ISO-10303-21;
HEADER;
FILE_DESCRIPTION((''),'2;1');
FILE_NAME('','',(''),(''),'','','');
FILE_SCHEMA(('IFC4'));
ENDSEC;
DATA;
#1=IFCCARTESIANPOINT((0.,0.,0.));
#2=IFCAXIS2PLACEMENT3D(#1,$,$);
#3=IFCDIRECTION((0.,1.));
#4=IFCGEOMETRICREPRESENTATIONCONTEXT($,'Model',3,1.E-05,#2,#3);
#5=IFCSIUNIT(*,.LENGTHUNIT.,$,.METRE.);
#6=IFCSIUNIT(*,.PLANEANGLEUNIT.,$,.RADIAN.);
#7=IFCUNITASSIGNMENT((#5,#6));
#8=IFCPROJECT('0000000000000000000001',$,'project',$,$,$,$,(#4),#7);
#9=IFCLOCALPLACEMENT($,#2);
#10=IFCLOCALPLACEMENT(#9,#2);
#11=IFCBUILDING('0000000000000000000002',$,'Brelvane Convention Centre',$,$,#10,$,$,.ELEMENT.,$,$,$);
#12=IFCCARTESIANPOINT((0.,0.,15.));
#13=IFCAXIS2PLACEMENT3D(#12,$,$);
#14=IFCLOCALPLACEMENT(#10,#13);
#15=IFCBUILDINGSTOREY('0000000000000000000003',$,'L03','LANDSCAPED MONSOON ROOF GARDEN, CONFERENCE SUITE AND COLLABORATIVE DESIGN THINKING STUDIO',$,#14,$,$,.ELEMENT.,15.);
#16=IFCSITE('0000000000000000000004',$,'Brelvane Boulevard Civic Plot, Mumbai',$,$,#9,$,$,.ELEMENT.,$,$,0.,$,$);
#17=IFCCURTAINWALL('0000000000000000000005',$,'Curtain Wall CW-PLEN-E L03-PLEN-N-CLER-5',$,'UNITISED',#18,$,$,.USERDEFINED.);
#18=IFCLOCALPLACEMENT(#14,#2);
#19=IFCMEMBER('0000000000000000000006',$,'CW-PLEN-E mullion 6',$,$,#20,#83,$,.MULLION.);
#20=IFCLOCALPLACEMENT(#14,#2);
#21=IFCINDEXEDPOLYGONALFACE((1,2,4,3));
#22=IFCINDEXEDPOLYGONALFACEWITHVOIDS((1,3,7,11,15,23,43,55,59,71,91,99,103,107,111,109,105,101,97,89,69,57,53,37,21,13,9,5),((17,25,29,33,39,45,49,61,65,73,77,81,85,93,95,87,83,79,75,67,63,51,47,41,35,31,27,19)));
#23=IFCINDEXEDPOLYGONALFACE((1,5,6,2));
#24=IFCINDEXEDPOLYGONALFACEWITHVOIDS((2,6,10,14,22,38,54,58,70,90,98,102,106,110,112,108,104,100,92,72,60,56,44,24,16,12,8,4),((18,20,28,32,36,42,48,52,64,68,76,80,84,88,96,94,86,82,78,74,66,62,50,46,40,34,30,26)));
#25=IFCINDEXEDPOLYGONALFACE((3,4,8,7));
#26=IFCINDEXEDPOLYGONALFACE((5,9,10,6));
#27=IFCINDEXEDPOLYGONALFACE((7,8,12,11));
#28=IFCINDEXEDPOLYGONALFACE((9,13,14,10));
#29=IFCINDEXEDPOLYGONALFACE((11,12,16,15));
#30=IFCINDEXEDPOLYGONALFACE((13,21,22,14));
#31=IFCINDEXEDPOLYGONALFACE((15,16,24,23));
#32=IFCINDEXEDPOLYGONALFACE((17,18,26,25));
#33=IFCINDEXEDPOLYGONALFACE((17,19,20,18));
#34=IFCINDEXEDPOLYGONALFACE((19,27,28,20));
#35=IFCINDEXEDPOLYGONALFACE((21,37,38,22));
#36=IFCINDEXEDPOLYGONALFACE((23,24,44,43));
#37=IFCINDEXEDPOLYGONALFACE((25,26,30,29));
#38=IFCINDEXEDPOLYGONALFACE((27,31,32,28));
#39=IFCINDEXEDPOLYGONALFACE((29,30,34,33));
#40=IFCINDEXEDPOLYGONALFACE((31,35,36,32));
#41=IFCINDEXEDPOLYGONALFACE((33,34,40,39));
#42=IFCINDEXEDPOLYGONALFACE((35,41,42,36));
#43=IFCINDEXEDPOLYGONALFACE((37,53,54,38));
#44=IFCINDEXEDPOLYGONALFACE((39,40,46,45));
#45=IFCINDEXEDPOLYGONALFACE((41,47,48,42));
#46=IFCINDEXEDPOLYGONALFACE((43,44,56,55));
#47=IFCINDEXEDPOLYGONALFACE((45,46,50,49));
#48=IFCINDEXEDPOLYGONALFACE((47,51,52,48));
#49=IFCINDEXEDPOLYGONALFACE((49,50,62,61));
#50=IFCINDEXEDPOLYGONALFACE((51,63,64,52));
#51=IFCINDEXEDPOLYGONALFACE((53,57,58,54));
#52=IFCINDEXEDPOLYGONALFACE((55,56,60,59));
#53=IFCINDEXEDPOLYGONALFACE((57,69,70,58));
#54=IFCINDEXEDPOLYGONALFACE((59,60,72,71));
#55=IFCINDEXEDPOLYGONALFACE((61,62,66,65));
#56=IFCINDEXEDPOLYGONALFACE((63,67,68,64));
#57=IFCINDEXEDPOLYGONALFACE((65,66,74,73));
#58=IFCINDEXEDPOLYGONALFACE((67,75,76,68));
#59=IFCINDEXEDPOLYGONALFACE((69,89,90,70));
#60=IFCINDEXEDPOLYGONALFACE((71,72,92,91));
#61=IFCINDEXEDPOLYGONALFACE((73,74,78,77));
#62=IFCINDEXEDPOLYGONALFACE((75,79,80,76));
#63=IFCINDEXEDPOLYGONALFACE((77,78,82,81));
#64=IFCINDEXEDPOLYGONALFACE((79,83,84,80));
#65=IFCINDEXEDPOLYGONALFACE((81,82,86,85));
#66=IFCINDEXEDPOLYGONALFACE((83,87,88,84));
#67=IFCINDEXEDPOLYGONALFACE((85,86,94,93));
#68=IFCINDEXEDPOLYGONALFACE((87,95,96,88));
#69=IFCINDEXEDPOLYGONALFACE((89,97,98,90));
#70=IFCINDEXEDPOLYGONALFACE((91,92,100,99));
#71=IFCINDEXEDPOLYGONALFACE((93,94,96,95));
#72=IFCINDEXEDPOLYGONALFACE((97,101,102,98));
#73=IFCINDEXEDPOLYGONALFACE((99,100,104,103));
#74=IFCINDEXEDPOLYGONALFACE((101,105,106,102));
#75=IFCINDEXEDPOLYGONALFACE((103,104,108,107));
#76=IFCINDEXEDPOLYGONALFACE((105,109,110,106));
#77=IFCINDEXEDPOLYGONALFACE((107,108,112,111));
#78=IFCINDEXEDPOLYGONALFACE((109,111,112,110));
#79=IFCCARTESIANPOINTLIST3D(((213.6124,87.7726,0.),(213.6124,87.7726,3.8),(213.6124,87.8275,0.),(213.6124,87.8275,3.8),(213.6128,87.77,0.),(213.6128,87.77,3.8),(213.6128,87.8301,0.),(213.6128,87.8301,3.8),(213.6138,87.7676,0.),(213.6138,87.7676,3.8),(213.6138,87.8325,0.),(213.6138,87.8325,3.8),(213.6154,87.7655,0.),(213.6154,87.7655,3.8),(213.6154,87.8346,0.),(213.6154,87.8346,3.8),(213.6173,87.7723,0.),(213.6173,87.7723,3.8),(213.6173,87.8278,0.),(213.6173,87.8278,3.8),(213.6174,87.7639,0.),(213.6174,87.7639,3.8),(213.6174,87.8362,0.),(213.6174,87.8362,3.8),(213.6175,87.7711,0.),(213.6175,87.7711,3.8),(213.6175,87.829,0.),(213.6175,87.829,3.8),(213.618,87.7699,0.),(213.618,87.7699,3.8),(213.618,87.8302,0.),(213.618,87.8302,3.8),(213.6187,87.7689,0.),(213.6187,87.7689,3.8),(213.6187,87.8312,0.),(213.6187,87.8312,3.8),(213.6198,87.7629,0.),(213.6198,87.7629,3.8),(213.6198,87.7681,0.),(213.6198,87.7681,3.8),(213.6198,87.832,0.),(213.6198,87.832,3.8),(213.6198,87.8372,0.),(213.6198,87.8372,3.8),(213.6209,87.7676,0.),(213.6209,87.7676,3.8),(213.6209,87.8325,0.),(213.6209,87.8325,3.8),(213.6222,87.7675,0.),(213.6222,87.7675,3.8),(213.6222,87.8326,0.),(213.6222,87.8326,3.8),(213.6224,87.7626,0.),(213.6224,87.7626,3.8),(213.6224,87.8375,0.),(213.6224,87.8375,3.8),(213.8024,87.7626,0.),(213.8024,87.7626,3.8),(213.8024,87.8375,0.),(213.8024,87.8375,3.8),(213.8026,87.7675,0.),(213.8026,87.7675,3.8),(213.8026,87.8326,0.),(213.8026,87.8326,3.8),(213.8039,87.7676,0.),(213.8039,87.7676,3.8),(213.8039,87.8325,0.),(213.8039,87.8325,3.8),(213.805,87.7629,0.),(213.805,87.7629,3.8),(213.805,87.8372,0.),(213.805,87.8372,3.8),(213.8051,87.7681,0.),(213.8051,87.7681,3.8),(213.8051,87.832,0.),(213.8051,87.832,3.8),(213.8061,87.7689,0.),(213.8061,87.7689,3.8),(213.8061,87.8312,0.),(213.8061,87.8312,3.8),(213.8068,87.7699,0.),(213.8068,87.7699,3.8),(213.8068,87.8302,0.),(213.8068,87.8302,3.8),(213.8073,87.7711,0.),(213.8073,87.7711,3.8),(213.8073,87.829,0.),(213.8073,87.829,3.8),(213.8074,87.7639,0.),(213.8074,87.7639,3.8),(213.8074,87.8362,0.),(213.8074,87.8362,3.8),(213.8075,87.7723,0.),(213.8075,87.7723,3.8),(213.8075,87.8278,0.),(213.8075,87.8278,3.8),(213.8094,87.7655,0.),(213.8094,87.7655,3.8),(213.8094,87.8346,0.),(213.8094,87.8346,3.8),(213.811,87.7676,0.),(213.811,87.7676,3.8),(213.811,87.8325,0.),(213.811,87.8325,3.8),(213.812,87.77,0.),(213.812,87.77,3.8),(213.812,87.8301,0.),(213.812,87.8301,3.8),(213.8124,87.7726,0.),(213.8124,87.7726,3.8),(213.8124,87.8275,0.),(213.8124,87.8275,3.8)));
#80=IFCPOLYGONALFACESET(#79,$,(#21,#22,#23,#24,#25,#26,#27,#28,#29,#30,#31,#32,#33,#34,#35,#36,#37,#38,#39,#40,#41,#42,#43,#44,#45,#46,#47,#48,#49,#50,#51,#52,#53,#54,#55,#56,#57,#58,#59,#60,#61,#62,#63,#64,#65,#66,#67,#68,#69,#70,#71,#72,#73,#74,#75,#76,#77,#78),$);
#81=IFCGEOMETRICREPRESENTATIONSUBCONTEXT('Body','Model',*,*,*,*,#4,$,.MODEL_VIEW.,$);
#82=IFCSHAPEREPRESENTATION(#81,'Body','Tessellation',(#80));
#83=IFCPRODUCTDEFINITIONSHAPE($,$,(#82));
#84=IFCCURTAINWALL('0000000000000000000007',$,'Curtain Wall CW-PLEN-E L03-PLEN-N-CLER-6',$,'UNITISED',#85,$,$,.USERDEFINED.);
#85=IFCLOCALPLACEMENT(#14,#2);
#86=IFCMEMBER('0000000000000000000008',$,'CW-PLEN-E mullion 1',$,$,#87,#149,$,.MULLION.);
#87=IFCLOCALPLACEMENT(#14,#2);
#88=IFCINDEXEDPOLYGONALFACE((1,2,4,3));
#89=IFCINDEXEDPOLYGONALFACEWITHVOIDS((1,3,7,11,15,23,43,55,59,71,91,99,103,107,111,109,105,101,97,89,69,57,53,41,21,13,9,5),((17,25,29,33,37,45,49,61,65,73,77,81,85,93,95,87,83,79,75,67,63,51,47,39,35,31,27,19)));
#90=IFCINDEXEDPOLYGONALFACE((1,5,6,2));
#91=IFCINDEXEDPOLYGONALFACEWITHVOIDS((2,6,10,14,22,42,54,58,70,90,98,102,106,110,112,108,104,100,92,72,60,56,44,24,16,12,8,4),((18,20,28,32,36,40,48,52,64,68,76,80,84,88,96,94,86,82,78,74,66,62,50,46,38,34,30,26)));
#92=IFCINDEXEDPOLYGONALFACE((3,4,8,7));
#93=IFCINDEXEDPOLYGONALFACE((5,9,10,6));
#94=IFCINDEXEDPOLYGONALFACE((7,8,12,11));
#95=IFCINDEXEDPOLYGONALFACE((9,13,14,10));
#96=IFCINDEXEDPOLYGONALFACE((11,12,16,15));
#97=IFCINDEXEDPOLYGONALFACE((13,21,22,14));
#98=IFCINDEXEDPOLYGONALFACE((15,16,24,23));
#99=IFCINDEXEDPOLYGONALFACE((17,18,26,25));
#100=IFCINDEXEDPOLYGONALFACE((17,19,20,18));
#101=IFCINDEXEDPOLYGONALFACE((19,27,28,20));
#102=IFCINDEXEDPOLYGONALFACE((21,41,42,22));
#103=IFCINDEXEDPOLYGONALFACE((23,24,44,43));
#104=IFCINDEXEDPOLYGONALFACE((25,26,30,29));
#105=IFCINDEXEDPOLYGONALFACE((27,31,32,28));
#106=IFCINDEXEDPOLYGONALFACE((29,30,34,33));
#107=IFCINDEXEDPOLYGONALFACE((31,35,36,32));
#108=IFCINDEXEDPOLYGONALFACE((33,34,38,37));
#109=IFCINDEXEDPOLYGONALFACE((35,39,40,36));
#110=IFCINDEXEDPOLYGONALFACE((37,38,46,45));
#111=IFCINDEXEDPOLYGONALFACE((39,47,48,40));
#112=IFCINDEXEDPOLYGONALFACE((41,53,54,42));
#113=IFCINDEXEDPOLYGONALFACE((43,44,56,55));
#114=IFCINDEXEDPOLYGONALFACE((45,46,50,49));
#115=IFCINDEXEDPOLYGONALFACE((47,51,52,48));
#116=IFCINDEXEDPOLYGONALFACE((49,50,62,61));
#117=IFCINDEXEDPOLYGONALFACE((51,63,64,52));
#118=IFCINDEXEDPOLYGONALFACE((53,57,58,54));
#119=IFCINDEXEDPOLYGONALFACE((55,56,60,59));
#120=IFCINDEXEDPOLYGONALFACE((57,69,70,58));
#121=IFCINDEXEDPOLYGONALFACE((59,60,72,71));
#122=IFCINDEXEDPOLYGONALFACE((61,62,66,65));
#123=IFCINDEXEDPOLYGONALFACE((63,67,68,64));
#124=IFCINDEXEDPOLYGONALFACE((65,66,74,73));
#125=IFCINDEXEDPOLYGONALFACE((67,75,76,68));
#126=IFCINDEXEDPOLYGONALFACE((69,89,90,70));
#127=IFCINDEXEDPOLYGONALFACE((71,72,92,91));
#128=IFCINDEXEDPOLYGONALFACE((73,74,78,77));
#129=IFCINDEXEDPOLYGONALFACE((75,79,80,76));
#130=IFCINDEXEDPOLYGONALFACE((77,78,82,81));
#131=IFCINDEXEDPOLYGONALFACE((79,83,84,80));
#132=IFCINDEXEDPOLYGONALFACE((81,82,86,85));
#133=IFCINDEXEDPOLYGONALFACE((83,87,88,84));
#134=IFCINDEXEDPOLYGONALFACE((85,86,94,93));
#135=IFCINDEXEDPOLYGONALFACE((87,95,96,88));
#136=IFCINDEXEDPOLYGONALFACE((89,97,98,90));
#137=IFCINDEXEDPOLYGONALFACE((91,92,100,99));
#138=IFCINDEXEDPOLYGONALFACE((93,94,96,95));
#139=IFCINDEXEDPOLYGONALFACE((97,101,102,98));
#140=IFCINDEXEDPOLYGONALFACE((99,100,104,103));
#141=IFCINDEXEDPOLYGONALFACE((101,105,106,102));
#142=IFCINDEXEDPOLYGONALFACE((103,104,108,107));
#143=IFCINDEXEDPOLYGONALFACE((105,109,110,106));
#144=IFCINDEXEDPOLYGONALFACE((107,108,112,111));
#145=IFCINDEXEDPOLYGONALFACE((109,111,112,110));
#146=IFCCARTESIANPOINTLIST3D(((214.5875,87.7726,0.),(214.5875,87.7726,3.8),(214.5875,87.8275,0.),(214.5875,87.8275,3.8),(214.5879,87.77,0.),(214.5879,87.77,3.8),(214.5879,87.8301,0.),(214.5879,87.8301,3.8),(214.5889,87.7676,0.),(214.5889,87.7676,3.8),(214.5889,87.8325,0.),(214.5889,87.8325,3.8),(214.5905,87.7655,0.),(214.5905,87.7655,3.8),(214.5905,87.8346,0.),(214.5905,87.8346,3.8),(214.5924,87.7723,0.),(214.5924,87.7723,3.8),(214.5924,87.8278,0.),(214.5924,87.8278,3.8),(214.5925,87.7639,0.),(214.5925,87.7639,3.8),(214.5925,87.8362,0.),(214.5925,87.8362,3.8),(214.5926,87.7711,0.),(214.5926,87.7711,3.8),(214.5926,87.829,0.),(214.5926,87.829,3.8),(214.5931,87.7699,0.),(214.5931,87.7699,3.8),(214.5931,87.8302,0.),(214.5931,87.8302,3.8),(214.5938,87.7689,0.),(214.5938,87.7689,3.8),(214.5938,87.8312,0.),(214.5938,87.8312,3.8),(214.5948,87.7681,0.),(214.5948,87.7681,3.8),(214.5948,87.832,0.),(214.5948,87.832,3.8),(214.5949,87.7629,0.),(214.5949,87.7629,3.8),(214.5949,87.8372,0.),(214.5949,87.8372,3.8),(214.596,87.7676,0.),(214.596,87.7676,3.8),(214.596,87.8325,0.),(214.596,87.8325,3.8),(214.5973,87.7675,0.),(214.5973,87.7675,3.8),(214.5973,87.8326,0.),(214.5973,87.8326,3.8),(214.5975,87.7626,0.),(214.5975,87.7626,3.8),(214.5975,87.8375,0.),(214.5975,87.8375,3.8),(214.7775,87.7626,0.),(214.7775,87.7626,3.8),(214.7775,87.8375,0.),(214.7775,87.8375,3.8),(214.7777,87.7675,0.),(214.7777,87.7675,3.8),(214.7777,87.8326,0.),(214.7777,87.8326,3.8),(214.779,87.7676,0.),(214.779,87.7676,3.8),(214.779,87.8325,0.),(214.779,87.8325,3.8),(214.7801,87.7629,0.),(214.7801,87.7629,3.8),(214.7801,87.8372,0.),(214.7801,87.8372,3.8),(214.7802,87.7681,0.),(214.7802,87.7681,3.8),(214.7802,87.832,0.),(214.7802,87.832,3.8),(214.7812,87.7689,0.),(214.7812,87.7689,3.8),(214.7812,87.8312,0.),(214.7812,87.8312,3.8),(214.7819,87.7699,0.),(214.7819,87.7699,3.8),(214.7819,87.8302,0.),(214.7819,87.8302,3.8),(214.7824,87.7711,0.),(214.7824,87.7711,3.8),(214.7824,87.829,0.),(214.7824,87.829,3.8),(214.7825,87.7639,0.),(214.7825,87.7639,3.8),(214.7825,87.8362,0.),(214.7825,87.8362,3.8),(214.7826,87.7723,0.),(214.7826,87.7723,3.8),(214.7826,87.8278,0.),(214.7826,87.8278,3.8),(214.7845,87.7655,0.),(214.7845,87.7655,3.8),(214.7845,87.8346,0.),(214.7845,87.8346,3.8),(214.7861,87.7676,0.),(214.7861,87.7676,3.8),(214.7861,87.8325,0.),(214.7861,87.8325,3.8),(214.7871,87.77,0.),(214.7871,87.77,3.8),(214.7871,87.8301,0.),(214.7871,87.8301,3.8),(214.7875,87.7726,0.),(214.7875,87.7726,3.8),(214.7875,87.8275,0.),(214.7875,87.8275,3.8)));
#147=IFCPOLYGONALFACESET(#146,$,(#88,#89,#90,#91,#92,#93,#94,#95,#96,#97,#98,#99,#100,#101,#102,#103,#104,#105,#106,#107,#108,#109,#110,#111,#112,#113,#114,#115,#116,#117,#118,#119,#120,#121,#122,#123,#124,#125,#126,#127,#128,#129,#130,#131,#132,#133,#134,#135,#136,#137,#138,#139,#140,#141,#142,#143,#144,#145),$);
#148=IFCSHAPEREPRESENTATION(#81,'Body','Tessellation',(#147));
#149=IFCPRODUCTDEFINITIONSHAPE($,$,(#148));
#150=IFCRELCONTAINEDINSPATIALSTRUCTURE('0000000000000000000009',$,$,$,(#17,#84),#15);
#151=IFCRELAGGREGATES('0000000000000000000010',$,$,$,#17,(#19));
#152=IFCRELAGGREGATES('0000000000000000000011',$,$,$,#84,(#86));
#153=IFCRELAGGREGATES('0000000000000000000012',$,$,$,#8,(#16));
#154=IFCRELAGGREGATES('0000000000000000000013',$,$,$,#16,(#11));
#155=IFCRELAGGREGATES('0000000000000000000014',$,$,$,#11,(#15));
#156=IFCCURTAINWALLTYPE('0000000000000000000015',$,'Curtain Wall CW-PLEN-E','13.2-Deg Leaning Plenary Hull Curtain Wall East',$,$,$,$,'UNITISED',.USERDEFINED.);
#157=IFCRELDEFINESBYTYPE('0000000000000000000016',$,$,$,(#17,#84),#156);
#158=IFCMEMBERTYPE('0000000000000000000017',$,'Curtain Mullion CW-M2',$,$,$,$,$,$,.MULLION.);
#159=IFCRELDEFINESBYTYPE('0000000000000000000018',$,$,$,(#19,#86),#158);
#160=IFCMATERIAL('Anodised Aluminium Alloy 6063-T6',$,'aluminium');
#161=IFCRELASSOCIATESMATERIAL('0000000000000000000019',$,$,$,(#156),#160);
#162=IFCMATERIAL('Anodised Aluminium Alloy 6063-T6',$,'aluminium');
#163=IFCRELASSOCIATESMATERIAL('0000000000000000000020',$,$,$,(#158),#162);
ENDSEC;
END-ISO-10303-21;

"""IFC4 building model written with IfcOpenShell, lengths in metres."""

from ifc_helpers import new_model, si_unit, direction, frame, origin, origin_2d, place, context, subcontext, project, spatial, hollow_rectangle, extrude, material, material_profile, profile_set, type_object, element, aggregate, save


model = new_model("IFC4")

# Units and contexts
model_context = context("Model", 3, precision=1e-05, world=origin(), true_north=direction((0.0, 1.0)))
body_context = subcontext(model_context, "Body", "Model", "MODEL_VIEW")
ifc_project = project(units=[si_unit("LENGTHUNIT", "METRE"), si_unit("PLANEANGLEUNIT", "RADIAN")], contexts=[model_context])

# Site, building, storey
site_placement = place(None, origin())
site = spatial("IfcSite", under=ifc_project, at=site_placement, Name="Brelvane Boulevard Civic Plot, Mumbai", CompositionType="ELEMENT", RefElevation=0.0)
building_placement = place(site_placement, origin())
building = spatial("IfcBuilding", under=site, at=building_placement, Name="Brelvane Convention Centre", CompositionType="ELEMENT")
storey_placement = place(building_placement, frame((0.0, 0.0, 15.0)))
storey = spatial("IfcBuildingStorey", under=building, at=storey_placement, Name="L03", Description="LANDSCAPED MONSOON ROOF GARDEN, CONFERENCE SUITE AND COLLABORATIVE DESIGN THINKING STUDIO", CompositionType="ELEMENT", Elevation=15.0)

# Curtain walls, members
ifc_material_1 = material(Name="Anodised Aluminium Alloy 6063-T6", Category="aluminium")
curtain_wall_type = type_object("IfcCurtainWallType", Name="Curtain Wall CW-PLEN-E", Description="13.2-Deg Leaning Plenary Hull Curtain Wall East", ElementType="UNITISED", PredefinedType="USERDEFINED", material=ifc_material_1)
curtain_wall_1_placement = place(storey_placement, origin())
curtain_wall_1 = element("IfcCurtainWall", 1, at=curtain_wall_1_placement, inside=storey, type_object=curtain_wall_type, Name="Curtain Wall CW-PLEN-E L03-PLEN-N-CLER-5", ObjectType="UNITISED", PredefinedType="USERDEFINED")
ifc_material_2 = material(Name="Anodised Aluminium Alloy 6063-T6", Category="aluminium")
ifc_material_profile_1 = material_profile(ifc_material_2, hollow_rectangle(XDim=0.075, YDim=0.2, WallThickness=0.0049, InnerFilletRadius=0.0049, OuterFilletRadius=0.01, at=origin_2d()), Name="ALU-M 200x75x5.0")
ifc_profile_set_1 = profile_set([ifc_material_profile_1], Name="Anodised Aluminium Alloy 6063-T6")
member_type_1 = type_object("IfcMemberType", Name="Curtain Mullion CW-M2", PredefinedType="MULLION", material=ifc_profile_set_1)
member_1_placement = place(storey_placement, frame((213.7124, 87.8, 0.0), z_axis=(0.0, 0.0, 1.0), x_axis=(0.0, 1.0, 0.0)))
member_1 = element("IfcMember", 2, at=member_1_placement, type_object=member_type_1, Name="CW-PLEN-E mullion 6", PredefinedType="MULLION", context=body_context, shape_type="SweptSolid", body=[
    extrude(hollow_rectangle(XDim=0.075, YDim=0.2, WallThickness=0.0049, InnerFilletRadius=0.0049, OuterFilletRadius=0.01, at=origin_2d()), origin(), (0.0, 0.0, 1.0), 3.8),
])
curtain_wall_2_placement = place(storey_placement, origin())
curtain_wall_2 = element("IfcCurtainWall", 3, at=curtain_wall_2_placement, inside=storey, type_object=curtain_wall_type, Name="Curtain Wall CW-PLEN-E L03-PLEN-N-CLER-6", ObjectType="UNITISED", PredefinedType="USERDEFINED")
member_2_placement = place(storey_placement, frame((214.6875, 87.8, 0.0), z_axis=(0.0, 0.0, 1.0), x_axis=(0.0, 1.0, 0.0)))
member_2 = element("IfcMember", 4, at=member_2_placement, type_object=member_type_1, Name="CW-PLEN-E mullion 1", PredefinedType="MULLION", context=body_context, shape_type="SweptSolid", body=[
    extrude(hollow_rectangle(XDim=0.075, YDim=0.2, WallThickness=0.0049, InnerFilletRadius=0.0049, OuterFilletRadius=0.01, at=origin_2d()), origin(), (0.0, 0.0, 1.0), 3.8),
])

aggregate(curtain_wall_1, [member_1])
aggregate(curtain_wall_2, [member_2])

save(model, "model.ifc")
